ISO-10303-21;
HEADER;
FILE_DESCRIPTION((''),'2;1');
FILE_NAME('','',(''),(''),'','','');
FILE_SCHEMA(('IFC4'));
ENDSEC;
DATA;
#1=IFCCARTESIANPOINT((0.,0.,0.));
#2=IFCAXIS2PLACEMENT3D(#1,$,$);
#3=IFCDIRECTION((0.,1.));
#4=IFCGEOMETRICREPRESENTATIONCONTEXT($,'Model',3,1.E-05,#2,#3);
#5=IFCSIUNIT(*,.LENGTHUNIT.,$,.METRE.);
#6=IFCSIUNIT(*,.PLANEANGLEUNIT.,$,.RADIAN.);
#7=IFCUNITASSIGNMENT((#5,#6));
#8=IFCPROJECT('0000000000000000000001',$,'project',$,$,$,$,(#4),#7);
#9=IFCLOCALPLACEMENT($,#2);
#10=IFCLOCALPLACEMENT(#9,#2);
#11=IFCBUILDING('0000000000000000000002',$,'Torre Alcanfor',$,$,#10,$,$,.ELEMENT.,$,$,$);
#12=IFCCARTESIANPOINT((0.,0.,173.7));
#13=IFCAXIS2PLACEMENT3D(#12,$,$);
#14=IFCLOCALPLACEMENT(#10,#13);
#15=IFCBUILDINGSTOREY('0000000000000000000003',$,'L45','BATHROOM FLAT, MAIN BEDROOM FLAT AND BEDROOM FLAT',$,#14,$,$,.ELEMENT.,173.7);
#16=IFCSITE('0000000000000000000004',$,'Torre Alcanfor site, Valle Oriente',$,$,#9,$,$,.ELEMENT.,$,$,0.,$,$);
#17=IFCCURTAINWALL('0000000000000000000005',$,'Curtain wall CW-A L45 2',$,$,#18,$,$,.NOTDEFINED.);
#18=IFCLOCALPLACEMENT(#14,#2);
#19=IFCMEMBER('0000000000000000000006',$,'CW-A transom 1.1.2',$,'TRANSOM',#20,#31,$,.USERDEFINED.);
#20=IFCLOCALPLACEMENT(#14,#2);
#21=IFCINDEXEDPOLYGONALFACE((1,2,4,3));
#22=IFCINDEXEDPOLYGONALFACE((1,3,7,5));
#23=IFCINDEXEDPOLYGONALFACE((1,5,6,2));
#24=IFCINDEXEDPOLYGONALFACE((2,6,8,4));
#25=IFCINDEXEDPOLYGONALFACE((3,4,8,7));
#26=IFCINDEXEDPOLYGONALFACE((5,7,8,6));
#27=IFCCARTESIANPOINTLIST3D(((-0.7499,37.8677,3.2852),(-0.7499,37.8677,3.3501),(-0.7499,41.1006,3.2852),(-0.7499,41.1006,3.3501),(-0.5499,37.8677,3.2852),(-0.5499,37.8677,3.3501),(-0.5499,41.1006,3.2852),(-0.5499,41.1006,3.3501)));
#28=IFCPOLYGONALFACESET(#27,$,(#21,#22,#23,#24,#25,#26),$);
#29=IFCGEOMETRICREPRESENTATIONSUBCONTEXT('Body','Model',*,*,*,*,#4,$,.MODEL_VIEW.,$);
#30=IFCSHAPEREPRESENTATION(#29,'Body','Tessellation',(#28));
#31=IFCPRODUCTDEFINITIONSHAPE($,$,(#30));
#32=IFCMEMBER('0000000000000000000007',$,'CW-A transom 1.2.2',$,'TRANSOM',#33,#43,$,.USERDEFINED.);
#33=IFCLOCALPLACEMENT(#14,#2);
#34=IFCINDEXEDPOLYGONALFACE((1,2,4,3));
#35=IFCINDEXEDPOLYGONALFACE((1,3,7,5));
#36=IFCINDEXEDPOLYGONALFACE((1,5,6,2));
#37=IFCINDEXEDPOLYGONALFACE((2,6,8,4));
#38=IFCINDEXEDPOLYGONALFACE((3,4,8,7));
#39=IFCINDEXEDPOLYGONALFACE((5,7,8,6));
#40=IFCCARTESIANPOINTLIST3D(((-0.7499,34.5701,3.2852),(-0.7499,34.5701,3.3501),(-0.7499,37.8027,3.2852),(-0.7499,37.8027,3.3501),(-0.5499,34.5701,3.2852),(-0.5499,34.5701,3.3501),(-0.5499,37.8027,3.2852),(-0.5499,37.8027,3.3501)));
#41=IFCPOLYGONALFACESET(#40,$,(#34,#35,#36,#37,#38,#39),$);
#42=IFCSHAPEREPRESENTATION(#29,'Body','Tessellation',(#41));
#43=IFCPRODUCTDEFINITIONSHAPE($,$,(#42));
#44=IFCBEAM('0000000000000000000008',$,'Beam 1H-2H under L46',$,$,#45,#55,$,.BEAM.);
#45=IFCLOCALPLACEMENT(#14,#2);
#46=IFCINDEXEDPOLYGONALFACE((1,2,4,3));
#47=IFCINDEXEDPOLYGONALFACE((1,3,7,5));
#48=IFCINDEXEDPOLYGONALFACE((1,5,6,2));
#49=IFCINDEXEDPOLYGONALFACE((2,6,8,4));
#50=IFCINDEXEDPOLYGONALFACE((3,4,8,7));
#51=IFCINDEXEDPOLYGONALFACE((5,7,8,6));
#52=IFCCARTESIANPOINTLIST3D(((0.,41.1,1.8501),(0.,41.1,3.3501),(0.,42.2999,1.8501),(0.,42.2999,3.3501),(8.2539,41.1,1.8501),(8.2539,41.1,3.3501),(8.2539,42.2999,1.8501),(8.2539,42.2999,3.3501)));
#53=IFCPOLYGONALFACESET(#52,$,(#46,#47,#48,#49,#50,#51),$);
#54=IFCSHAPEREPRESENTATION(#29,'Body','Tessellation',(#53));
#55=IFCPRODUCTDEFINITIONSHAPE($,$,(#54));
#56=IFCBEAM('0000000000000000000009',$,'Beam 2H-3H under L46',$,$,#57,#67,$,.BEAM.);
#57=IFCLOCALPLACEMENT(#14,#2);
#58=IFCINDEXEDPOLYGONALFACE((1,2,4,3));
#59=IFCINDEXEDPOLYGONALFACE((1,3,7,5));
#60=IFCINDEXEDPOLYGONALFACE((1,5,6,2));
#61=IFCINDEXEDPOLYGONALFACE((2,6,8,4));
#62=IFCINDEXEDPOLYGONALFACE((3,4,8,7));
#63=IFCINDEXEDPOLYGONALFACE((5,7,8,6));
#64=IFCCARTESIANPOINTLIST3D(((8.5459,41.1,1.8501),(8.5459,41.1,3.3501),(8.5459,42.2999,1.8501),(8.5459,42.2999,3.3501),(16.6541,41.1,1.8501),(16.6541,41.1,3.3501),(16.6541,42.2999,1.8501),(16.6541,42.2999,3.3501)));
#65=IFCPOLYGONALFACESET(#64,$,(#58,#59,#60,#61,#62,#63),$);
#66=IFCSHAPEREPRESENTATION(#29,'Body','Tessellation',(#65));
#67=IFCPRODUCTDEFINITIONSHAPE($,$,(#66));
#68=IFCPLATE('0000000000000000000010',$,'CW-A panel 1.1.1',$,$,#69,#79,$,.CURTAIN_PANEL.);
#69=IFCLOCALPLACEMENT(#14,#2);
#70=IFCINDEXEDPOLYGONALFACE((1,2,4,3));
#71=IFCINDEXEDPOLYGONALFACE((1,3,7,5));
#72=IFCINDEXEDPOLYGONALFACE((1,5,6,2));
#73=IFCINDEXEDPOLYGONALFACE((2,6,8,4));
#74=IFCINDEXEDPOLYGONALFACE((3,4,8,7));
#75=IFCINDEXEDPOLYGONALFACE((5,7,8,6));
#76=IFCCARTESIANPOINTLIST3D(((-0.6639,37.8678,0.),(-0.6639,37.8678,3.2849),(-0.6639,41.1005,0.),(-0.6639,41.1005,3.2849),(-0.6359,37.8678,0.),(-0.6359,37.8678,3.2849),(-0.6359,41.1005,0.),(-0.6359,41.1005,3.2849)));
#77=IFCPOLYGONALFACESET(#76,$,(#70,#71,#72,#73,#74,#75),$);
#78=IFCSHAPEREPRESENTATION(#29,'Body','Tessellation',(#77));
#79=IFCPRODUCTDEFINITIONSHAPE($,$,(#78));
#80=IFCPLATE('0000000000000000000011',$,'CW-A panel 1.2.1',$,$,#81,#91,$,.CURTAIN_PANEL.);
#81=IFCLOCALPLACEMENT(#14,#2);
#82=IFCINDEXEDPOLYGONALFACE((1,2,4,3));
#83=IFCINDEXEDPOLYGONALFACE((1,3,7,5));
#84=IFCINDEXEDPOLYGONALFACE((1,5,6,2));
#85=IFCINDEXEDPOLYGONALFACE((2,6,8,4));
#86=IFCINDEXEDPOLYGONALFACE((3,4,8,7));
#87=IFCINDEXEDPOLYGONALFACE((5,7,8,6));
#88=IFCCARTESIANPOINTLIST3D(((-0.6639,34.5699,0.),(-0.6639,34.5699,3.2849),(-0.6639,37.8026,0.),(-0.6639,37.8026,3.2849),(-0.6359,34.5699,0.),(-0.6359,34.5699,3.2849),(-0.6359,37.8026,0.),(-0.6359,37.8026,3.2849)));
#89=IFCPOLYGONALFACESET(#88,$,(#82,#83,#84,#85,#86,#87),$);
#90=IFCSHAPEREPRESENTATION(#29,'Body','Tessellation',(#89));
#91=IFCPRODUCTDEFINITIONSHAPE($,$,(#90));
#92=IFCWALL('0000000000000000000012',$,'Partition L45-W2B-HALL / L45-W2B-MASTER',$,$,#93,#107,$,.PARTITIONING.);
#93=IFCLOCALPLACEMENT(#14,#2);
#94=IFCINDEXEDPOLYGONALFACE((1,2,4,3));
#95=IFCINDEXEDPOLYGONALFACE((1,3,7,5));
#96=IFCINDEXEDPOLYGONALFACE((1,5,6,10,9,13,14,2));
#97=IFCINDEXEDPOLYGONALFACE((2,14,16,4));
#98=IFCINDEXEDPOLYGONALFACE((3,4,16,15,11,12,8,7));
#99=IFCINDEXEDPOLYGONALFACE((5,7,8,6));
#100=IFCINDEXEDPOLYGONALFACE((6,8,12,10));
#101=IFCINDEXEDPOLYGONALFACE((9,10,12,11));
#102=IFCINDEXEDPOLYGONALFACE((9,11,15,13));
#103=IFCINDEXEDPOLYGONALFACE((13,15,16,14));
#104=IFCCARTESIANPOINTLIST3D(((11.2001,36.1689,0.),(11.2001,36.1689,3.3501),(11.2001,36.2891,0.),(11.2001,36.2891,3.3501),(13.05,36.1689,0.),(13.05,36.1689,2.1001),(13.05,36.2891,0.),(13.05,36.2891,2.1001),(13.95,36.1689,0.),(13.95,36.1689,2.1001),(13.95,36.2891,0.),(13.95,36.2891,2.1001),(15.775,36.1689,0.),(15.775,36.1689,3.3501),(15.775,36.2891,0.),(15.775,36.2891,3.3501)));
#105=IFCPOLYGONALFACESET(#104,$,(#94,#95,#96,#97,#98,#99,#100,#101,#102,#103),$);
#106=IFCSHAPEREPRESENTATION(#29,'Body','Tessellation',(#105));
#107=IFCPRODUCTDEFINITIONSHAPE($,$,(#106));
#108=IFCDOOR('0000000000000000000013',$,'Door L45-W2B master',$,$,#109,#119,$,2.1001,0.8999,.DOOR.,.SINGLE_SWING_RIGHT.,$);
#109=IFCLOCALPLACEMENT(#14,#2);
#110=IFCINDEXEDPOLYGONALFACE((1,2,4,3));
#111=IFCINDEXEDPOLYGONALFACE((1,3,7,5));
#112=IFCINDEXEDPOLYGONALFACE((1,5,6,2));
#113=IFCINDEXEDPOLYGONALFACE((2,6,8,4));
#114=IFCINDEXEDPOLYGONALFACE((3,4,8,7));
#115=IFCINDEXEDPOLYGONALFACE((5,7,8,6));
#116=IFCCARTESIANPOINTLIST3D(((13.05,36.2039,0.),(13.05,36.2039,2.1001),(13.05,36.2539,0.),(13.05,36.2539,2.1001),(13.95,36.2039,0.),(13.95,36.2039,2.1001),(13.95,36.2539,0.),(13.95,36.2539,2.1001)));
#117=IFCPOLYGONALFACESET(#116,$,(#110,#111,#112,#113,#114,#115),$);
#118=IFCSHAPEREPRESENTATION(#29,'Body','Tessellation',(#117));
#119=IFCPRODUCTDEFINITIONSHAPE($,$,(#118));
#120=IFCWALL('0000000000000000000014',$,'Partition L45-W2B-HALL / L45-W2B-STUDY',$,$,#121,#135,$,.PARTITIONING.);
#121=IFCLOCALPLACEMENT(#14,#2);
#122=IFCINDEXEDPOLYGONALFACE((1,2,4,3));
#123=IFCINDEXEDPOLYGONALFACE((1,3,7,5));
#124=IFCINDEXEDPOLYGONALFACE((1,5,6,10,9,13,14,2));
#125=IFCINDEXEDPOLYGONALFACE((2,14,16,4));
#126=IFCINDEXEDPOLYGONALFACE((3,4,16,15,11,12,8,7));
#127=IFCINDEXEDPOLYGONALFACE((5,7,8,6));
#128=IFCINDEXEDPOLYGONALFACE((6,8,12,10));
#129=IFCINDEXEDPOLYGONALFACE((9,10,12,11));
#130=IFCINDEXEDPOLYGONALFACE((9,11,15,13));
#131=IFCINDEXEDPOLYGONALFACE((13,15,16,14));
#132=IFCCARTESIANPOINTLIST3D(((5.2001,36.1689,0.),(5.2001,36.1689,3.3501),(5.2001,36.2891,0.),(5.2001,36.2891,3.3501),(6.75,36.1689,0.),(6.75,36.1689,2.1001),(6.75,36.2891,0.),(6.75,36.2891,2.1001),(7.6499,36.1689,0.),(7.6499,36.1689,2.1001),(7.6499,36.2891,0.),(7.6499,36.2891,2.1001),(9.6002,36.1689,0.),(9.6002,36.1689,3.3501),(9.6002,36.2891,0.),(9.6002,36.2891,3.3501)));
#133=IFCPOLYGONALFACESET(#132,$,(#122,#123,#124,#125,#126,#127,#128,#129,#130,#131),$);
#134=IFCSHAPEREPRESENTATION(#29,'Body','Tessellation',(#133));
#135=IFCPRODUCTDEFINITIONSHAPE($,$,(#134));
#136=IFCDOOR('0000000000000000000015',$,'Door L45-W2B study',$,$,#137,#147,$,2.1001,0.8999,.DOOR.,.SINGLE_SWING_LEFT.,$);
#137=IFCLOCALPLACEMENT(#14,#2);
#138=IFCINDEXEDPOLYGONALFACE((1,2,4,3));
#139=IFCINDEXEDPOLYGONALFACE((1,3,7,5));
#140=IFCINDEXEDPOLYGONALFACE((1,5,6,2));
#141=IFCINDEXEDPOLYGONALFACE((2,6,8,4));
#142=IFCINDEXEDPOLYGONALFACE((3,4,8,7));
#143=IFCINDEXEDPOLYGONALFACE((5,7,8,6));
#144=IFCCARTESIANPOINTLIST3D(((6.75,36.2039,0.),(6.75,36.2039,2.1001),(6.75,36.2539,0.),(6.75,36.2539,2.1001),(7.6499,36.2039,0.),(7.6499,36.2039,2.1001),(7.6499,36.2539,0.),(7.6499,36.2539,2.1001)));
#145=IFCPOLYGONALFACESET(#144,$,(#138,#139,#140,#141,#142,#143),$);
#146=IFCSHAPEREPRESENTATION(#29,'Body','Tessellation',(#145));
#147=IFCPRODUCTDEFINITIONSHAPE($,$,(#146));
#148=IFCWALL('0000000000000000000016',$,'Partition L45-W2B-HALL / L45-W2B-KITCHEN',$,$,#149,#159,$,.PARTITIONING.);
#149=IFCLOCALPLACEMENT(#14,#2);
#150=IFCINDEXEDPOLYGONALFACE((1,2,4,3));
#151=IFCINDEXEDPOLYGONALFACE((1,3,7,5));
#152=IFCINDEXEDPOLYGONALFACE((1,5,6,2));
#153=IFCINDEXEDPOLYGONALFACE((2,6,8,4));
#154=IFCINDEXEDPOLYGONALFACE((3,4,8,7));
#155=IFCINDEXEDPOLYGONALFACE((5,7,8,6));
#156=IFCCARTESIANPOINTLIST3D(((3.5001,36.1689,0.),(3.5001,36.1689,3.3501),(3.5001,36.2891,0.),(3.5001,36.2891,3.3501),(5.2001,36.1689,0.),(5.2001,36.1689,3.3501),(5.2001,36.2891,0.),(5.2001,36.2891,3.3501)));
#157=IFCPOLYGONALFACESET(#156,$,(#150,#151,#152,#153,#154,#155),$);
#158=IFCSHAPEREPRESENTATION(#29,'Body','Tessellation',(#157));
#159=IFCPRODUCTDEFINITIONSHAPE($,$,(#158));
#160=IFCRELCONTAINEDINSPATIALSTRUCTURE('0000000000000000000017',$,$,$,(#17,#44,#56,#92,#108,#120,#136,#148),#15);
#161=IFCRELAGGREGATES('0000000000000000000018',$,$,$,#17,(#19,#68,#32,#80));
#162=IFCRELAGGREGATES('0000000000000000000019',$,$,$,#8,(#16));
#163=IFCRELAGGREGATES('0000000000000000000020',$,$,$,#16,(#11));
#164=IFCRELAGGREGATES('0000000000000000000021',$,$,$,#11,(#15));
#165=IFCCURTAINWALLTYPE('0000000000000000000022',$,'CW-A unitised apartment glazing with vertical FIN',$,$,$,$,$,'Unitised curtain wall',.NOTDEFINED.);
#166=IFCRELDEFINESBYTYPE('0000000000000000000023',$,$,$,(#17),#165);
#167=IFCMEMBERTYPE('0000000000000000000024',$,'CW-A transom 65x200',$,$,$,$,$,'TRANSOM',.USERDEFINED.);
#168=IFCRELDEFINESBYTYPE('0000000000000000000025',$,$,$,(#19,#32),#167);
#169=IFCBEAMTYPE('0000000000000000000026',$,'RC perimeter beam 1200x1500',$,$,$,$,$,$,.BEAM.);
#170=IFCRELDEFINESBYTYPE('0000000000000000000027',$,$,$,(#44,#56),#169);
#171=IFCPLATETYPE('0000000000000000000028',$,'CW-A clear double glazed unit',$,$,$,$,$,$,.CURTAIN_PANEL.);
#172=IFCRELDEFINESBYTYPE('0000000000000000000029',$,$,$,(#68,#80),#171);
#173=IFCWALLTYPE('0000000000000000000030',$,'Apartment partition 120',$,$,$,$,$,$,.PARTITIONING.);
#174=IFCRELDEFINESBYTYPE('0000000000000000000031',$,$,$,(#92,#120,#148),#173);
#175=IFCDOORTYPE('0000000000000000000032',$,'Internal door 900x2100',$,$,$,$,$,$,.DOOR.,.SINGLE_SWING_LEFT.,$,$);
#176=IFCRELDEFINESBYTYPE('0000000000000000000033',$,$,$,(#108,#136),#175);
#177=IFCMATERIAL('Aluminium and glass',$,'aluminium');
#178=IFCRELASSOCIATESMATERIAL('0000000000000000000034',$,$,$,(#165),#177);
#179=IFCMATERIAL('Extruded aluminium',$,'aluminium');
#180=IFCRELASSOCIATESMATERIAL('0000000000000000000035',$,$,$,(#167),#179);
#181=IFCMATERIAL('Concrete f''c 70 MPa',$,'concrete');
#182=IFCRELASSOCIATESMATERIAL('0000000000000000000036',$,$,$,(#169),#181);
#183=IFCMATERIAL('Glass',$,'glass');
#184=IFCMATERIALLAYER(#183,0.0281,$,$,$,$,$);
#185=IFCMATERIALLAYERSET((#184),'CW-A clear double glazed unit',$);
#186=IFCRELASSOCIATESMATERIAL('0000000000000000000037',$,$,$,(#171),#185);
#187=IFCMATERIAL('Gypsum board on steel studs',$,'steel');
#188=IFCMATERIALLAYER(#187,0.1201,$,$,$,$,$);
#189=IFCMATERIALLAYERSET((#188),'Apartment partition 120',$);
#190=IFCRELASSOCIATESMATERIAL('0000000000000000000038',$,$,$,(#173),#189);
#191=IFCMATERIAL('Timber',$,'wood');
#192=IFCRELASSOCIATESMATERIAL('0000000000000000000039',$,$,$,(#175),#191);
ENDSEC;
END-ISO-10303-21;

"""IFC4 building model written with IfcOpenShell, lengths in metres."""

from ifc_helpers import new_model, si_unit, direction, frame, frame_2d, origin, origin_2d, place, context, subcontext, project, spatial, rectangle, extrude, material, layer, layer_set, material_profile, profile_set, type_object, element, fill, aggregate, save


model = new_model("IFC4")

# Units and contexts
model_context = context("Model", 3, precision=1e-05, world=origin(), true_north=direction((0.0, 1.0)))
body_context = subcontext(model_context, "Body", "Model", "MODEL_VIEW")
ifc_project = project(units=[si_unit("LENGTHUNIT", "METRE"), si_unit("PLANEANGLEUNIT", "RADIAN")], contexts=[model_context])

# Site, building, storey
site_placement = place(None, origin())
site = spatial("IfcSite", under=ifc_project, at=site_placement, Name="Torre Alcanfor site, Valle Oriente", CompositionType="ELEMENT", RefElevation=0.0)
building_placement = place(site_placement, origin())
building = spatial("IfcBuilding", under=site, at=building_placement, Name="Torre Alcanfor", CompositionType="ELEMENT")
storey_placement = place(building_placement, frame((0.0, 0.0, 173.7)))
storey = spatial("IfcBuildingStorey", under=building, at=storey_placement, Name="L45", Description="BATHROOM FLAT, MAIN BEDROOM FLAT AND BEDROOM FLAT", CompositionType="ELEMENT", Elevation=173.7)

# Curtain wall, members
ifc_material_1 = material(Name="Aluminium and glass", Category="aluminium")
curtain_wall_type = type_object("IfcCurtainWallType", Name="CW-A unitised apartment glazing with vertical FIN", ElementType="Unitised curtain wall", PredefinedType="NOTDEFINED", material=ifc_material_1)
curtain_wall_placement = place(storey_placement, origin())
curtain_wall = element("IfcCurtainWall", 1, at=curtain_wall_placement, inside=storey, type_object=curtain_wall_type, Name="Curtain wall CW-A L45 2", PredefinedType="NOTDEFINED")
ifc_material_2 = material(Name="Extruded aluminium", Category="aluminium")
ifc_material_profile_1 = material_profile(ifc_material_2, rectangle(XDim=0.2, YDim=0.0649, at=origin_2d()), Name="CW-A transom 200x65")
ifc_profile_set_1 = profile_set([ifc_material_profile_1], Name="Extruded aluminium")
member_type_1 = type_object("IfcMemberType", Name="CW-A transom 65x200", ElementType="TRANSOM", PredefinedType="USERDEFINED", material=ifc_profile_set_1)
member_1_placement = place(storey_placement, frame((-0.6499, 41.1006, 3.3176), z_axis=(0.0, -1.0, 0.0), x_axis=(1.0, 0.0, 0.0)))
member_1 = element("IfcMember", 2, at=member_1_placement, type_object=member_type_1, Name="CW-A transom 1.1.2", ObjectType="TRANSOM", PredefinedType="USERDEFINED", context=body_context, shape_type="SweptSolid", body=[
    extrude(rectangle(XDim=0.2, YDim=0.0649, at=origin_2d()), origin(), (0.0, 0.0, 1.0), 3.2329),
])
member_2_placement = place(storey_placement, frame((-0.6499, 37.8027, 3.3176), z_axis=(0.0, -1.0, 0.0), x_axis=(1.0, 0.0, 0.0)))
member_2 = element("IfcMember", 3, at=member_2_placement, type_object=member_type_1, Name="CW-A transom 1.2.2", ObjectType="TRANSOM", PredefinedType="USERDEFINED", context=body_context, shape_type="SweptSolid", body=[
    extrude(rectangle(XDim=0.2, YDim=0.0649, at=origin_2d()), origin(), (0.0, 0.0, 1.0), 3.2327),
])

# Beams
ifc_material_3 = material(Name="Concrete f'c 70 MPa", Category="concrete")
ifc_material_profile_2 = material_profile(ifc_material_3, rectangle(XDim=1.2, YDim=1.5, at=origin_2d()), Name="1200x1500")
ifc_profile_set_2 = profile_set([ifc_material_profile_2], Name="Concrete f'c 70 MPa")
beam_type_1 = type_object("IfcBeamType", Name="RC perimeter beam 1200x1500", PredefinedType="BEAM", material=ifc_profile_set_2)
beam_1_placement = place(storey_placement, frame((0.0, 41.7, 2.6001), z_axis=(1.0, 0.0, 0.0), x_axis=(0.0, 1.0, 0.0)))
element("IfcBeam", 4, at=beam_1_placement, inside=storey, type_object=beam_type_1, Name="Beam 1H-2H under L46", PredefinedType="BEAM", context=body_context, shape_type="SweptSolid", body=[
    extrude(rectangle(XDim=1.2, YDim=1.5, at=origin_2d()), origin(), (0.0, 0.0, 1.0), 8.2539),
])
beam_2_placement = place(storey_placement, frame((8.5459, 41.7, 2.6001), z_axis=(1.0, 0.0, 0.0), x_axis=(0.0, 1.0, 0.0)))
element("IfcBeam", 5, at=beam_2_placement, inside=storey, type_object=beam_type_1, Name="Beam 2H-3H under L46", PredefinedType="BEAM", context=body_context, shape_type="SweptSolid", body=[
    extrude(rectangle(XDim=1.2, YDim=1.5, at=origin_2d()), origin(), (0.0, 0.0, 1.0), 8.1082),
])

# Plates
ifc_material_4 = material(Name="Glass", Category="glass")
ifc_layer_1 = layer(ifc_material_4, 0.0281)
ifc_layer_set_1 = layer_set([ifc_layer_1], Name="CW-A clear double glazed unit")
plate_type = type_object("IfcPlateType", Name="CW-A clear double glazed unit", PredefinedType="CURTAIN_PANEL", material=ifc_layer_set_1)
plate_1_placement = place(storey_placement, frame((-0.6499, 39.4841, 0.0), z_axis=(0.0, 0.0, 1.0), x_axis=(0.0, -1.0, 0.0)))
plate_1 = element("IfcPlate", 6, at=plate_1_placement, type_object=plate_type, Name="CW-A panel 1.1.1", PredefinedType="CURTAIN_PANEL", context=body_context, shape_type="SweptSolid", body=[
    extrude(rectangle(XDim=3.2327, YDim=0.0281, at=origin_2d()), origin(), (0.0, 0.0, 1.0), 3.2849),
])
plate_2_placement = place(storey_placement, frame((-0.6499, 36.1863, 0.0), z_axis=(0.0, 0.0, 1.0), x_axis=(0.0, -1.0, 0.0)))
plate_2 = element("IfcPlate", 7, at=plate_2_placement, type_object=plate_type, Name="CW-A panel 1.2.1", PredefinedType="CURTAIN_PANEL", context=body_context, shape_type="SweptSolid", body=[
    extrude(rectangle(XDim=3.2327, YDim=0.0281, at=origin_2d()), origin(), (0.0, 0.0, 1.0), 3.2849),
])
aggregate(curtain_wall, [member_1, plate_1, member_2, plate_2])

# Walls, openings, doors
ifc_material_5 = material(Name="Gypsum board on steel studs", Category="steel")
ifc_layer_2 = layer(ifc_material_5, 0.1201)
ifc_layer_set_2 = layer_set([ifc_layer_2], Name="Apartment partition 120")
wall_type_1 = type_object("IfcWallType", Name="Apartment partition 120", PredefinedType="PARTITIONING", material=ifc_layer_set_2)
wall_1_placement = place(storey_placement, frame((11.2, 36.229, 0.0), z_axis=(0.0, 0.0, 1.0), x_axis=(1.0, 0.0, 0.0)))
wall_1 = element("IfcWall", 8, at=wall_1_placement, inside=storey, type_object=wall_type_1, Name="Partition L45-W2B-HALL / L45-W2B-MASTER", PredefinedType="PARTITIONING", context=body_context, shape_type="SweptSolid", body=[
    extrude(rectangle(XDim=4.575, YDim=0.1201, at=frame_2d((2.2876, 0.0))), origin(), (0.0, 0.0, 1.0), 3.3501),
])
opening_1_placement = place(wall_1_placement, frame((1.8501, 0.0, 0.0)))
opening_1 = element("IfcOpeningElement", 9, at=opening_1_placement, cuts=wall_1, PredefinedType="OPENING", context=body_context, shape_type="SweptSolid", body=[
    extrude(rectangle(XDim=0.8999, YDim=2.1001, at=frame_2d((0.45, 1.05))), frame((0.0, 0.0701, 0.0), z_axis=(0.0, -1.0, 0.0), x_axis=(1.0, 0.0, 0.0)), (0.0, 0.0, 1.0), 0.1401),
])
ifc_material_6 = material(Name="Timber", Category="wood")
door_type_1 = type_object("IfcDoorType", Name="Internal door 900x2100", OperationType="SINGLE_SWING_LEFT", PredefinedType="DOOR", material=ifc_material_6)
door_1_placement = place(opening_1_placement, origin())
door_1 = element("IfcDoor", 10, at=door_1_placement, inside=storey, type_object=door_type_1, Name="Door L45-W2B master", OperationType="SINGLE_SWING_RIGHT", OverallHeight=2.1001, OverallWidth=0.8999, PredefinedType="DOOR", context=body_context, shape_type="SweptSolid", body=[
    extrude(rectangle(XDim=0.8999, YDim=2.1001, at=frame_2d((0.45, 1.05))), frame((0.0, 0.0249, 0.0), z_axis=(0.0, -1.0, 0.0), x_axis=(1.0, 0.0, 0.0)), (0.0, 0.0, 1.0), 0.05),
])
fill(opening_1, door_1)
wall_2_placement = place(storey_placement, frame((5.2, 36.229, 0.0), z_axis=(0.0, 0.0, 1.0), x_axis=(1.0, 0.0, 0.0)))
wall_2 = element("IfcWall", 11, at=wall_2_placement, inside=storey, type_object=wall_type_1, Name="Partition L45-W2B-HALL / L45-W2B-STUDY", PredefinedType="PARTITIONING", context=body_context, shape_type="SweptSolid", body=[
    extrude(rectangle(XDim=4.4001, YDim=0.1201, at=frame_2d((2.2002, 0.0))), origin(), (0.0, 0.0, 1.0), 3.3501),
])
opening_2_placement = place(wall_2_placement, frame((1.55, 0.0, 0.0)))
opening_2 = element("IfcOpeningElement", 12, at=opening_2_placement, cuts=wall_2, PredefinedType="OPENING", context=body_context, shape_type="SweptSolid", body=[
    extrude(rectangle(XDim=0.8999, YDim=2.1001, at=frame_2d((0.45, 1.05))), frame((0.0, 0.0701, 0.0), z_axis=(0.0, -1.0, 0.0), x_axis=(1.0, 0.0, 0.0)), (0.0, 0.0, 1.0), 0.1401),
])
door_2_placement = place(opening_2_placement, origin())
door_2 = element("IfcDoor", 13, at=door_2_placement, inside=storey, type_object=door_type_1, Name="Door L45-W2B study", OperationType="SINGLE_SWING_LEFT", OverallHeight=2.1001, OverallWidth=0.8999, PredefinedType="DOOR", context=body_context, shape_type="SweptSolid", body=[
    extrude(rectangle(XDim=0.8999, YDim=2.1001, at=frame_2d((0.45, 1.05))), frame((0.0, 0.0249, 0.0), z_axis=(0.0, -1.0, 0.0), x_axis=(1.0, 0.0, 0.0)), (0.0, 0.0, 1.0), 0.05),
])
fill(opening_2, door_2)

# Wall
wall_3_placement = place(storey_placement, frame((3.5, 36.229, 0.0), z_axis=(0.0, 0.0, 1.0), x_axis=(1.0, 0.0, 0.0)))
element("IfcWall", 14, at=wall_3_placement, inside=storey, type_object=wall_type_1, Name="Partition L45-W2B-HALL / L45-W2B-KITCHEN", PredefinedType="PARTITIONING", context=body_context, shape_type="SweptSolid", body=[
    extrude(rectangle(XDim=1.7, YDim=0.1201, at=frame_2d((0.8501, 0.0))), origin(), (0.0, 0.0, 1.0), 3.3501),
])

save(model, "model.ifc")
